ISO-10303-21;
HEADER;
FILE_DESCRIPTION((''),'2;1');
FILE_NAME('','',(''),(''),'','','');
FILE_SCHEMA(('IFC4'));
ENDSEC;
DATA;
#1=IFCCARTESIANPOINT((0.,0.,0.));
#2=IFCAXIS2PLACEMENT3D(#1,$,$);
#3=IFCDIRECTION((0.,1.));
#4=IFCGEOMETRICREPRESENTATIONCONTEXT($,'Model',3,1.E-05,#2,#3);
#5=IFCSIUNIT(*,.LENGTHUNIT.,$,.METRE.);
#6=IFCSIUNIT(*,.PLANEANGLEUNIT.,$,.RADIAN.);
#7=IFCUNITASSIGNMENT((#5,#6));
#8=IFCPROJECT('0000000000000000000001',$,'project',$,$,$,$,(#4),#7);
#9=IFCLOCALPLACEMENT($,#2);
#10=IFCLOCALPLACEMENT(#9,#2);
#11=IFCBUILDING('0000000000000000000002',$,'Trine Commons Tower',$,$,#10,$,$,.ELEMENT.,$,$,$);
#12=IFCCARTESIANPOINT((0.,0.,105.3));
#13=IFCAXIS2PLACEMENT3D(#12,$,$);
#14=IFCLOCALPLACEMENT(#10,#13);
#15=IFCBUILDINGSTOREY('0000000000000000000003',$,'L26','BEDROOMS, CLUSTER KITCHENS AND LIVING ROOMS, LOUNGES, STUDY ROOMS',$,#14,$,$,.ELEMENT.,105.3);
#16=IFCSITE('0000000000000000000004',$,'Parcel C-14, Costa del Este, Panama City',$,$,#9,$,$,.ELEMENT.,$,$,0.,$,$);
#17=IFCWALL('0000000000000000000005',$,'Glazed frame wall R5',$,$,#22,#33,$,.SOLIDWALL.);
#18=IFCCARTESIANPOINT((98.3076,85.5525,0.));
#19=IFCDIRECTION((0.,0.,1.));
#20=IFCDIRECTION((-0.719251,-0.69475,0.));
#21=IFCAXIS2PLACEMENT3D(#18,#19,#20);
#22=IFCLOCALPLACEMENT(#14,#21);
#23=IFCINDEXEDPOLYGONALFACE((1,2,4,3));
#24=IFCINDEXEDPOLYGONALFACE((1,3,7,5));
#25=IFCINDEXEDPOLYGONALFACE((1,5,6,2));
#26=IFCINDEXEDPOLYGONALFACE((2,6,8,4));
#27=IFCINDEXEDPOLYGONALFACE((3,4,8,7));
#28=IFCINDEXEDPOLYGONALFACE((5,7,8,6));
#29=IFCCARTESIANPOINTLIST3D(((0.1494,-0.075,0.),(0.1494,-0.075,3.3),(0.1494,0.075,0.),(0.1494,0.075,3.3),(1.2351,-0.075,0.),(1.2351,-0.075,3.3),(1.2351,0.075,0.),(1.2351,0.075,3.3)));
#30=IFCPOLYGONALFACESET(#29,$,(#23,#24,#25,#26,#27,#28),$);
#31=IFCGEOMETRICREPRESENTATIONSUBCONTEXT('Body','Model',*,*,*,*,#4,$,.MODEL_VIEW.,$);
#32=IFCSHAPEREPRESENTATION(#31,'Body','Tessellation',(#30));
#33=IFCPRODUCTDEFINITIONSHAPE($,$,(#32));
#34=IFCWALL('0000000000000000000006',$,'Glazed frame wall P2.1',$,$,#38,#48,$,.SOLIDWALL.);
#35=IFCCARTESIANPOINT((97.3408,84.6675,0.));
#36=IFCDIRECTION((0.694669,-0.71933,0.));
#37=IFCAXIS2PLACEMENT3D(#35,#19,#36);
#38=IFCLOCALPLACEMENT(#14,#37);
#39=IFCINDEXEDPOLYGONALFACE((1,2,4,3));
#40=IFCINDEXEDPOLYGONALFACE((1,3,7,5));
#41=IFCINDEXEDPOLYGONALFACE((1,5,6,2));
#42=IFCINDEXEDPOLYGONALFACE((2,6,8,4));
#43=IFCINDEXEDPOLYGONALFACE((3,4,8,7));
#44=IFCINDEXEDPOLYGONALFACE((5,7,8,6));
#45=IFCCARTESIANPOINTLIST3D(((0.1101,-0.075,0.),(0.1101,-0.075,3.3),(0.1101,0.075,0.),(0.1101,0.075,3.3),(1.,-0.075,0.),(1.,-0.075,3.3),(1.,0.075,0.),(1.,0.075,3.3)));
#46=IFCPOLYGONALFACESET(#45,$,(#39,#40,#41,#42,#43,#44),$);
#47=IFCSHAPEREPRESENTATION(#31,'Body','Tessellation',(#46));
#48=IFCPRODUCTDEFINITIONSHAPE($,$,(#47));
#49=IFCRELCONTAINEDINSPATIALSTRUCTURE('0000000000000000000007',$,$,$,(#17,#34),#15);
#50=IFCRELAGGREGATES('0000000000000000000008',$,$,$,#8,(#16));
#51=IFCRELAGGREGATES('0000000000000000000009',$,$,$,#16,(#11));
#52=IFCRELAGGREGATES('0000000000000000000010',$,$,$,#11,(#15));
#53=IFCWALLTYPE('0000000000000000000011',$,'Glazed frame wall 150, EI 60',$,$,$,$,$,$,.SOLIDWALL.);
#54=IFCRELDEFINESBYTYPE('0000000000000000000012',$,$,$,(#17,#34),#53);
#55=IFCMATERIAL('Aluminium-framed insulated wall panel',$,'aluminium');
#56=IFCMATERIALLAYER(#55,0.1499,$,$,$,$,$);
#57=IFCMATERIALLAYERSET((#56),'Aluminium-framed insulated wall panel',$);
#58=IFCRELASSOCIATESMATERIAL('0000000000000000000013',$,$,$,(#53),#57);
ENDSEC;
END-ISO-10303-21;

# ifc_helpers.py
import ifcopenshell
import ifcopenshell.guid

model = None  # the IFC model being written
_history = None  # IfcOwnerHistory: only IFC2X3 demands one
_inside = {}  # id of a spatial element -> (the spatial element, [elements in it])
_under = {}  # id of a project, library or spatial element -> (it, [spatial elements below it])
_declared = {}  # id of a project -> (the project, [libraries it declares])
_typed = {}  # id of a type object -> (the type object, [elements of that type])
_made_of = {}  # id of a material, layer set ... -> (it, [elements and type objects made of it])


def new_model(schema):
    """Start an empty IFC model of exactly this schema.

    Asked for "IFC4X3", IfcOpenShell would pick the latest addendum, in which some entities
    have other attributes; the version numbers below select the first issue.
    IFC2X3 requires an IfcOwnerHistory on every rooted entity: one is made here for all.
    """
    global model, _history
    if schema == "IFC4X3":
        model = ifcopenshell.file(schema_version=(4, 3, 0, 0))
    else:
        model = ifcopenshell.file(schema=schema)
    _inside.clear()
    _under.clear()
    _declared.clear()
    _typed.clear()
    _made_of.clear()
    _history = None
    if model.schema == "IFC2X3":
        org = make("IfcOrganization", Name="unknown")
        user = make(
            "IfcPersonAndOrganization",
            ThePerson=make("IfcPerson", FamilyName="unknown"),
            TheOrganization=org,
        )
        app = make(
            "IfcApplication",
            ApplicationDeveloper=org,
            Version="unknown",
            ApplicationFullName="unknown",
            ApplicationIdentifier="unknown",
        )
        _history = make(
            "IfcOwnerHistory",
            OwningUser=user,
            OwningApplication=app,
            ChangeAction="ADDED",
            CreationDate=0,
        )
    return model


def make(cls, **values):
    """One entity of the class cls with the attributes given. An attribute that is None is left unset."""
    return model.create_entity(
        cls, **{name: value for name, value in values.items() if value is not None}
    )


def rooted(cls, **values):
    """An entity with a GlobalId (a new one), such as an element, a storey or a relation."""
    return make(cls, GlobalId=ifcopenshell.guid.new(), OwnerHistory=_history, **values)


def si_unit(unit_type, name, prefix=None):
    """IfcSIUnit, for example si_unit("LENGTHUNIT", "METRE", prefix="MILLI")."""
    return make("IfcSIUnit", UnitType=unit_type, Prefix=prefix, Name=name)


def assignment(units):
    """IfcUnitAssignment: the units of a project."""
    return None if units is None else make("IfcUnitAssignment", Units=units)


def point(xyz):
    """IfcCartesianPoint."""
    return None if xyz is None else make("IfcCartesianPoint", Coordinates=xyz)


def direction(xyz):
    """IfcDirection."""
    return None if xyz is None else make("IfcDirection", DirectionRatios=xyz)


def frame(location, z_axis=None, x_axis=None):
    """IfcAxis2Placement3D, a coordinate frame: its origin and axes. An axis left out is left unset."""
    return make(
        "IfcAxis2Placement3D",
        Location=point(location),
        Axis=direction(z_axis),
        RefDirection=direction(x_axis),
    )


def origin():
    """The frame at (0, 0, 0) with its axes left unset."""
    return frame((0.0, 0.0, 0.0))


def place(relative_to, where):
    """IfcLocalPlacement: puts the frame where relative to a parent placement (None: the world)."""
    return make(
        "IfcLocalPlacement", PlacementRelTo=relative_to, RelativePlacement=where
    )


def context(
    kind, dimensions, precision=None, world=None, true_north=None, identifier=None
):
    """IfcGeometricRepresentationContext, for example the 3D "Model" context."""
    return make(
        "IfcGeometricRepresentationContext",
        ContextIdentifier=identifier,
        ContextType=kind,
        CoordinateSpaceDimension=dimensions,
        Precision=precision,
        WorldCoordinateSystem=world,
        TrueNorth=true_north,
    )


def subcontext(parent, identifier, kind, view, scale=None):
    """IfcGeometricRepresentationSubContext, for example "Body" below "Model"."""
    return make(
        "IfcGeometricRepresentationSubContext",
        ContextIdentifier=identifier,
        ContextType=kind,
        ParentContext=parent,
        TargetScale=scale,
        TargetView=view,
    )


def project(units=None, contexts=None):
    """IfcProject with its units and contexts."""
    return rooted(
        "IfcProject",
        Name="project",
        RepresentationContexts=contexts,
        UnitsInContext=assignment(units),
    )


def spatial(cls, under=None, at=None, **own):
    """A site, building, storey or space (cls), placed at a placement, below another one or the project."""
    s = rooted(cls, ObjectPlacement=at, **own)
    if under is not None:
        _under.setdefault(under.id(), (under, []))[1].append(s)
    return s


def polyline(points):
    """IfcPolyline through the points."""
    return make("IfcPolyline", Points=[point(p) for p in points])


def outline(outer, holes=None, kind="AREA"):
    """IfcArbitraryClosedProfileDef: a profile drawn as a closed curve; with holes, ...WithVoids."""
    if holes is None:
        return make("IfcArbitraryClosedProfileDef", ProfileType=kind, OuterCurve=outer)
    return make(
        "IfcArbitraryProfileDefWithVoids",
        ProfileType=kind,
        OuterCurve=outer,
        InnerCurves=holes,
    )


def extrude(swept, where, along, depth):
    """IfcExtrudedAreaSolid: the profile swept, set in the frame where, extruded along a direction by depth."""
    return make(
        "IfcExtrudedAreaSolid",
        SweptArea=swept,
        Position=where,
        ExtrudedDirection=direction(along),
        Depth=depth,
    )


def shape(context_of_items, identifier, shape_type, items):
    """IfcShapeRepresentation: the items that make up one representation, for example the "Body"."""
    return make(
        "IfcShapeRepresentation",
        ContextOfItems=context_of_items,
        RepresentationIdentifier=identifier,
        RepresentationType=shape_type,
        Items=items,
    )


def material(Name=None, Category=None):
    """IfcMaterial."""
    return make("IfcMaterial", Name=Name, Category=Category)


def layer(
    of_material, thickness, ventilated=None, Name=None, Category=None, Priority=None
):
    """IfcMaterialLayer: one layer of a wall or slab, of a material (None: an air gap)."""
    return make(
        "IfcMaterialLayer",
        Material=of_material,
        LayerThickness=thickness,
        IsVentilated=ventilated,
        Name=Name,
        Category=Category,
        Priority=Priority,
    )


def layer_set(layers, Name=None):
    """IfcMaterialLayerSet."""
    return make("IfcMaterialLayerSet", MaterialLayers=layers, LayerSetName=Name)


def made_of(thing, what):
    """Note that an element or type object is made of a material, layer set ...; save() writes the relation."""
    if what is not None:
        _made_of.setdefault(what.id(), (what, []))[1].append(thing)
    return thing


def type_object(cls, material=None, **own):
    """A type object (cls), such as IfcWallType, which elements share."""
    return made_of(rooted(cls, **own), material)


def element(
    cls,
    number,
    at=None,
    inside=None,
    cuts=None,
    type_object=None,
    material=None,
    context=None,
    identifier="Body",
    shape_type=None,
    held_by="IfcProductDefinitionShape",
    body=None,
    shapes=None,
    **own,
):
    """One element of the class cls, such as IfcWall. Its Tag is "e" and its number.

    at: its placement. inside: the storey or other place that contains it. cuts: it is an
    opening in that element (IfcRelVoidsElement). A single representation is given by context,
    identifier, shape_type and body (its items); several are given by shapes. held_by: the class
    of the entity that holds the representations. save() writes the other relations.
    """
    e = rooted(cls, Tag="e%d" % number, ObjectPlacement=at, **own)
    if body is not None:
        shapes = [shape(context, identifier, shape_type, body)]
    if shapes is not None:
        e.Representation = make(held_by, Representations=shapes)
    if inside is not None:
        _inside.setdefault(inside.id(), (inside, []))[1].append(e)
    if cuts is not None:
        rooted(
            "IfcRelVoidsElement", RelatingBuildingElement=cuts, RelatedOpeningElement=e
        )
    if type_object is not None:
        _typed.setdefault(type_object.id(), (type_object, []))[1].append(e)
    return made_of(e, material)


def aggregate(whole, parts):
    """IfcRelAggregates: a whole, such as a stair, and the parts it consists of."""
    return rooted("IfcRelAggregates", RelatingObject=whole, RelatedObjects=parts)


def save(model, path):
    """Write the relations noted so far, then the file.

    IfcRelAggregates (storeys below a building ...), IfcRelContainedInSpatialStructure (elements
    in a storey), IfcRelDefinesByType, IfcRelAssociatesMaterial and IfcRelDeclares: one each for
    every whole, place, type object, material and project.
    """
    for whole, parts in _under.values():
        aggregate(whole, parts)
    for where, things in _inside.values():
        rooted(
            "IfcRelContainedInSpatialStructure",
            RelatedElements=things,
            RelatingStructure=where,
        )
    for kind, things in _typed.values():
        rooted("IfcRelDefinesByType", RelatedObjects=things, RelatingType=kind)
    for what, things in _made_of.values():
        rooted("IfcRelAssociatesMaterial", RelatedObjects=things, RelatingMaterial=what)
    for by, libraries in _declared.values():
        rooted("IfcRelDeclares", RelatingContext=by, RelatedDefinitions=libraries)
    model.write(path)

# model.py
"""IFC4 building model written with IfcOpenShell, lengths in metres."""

from ifc_helpers import new_model, si_unit, direction, frame, origin, place, context, subcontext, project, spatial, polyline, outline, extrude, material, layer, layer_set, type_object, element, save


model = new_model("IFC4")

# Units and contexts
model_context = context("Model", 3, precision=1e-05, world=origin(), true_north=direction((0.0, 1.0)))
body_context = subcontext(model_context, "Body", "Model", "MODEL_VIEW")
ifc_project = project(units=[si_unit("LENGTHUNIT", "METRE"), si_unit("PLANEANGLEUNIT", "RADIAN")], contexts=[model_context])

# Site, building, storey
site_placement = place(None, origin())
site = spatial("IfcSite", under=ifc_project, at=site_placement, Name="Parcel C-14, Costa del Este, Panama City", CompositionType="ELEMENT", RefElevation=0.0)
building_placement = place(site_placement, origin())
building = spatial("IfcBuilding", under=site, at=building_placement, Name="Trine Commons Tower", CompositionType="ELEMENT")
storey_placement = place(building_placement, frame((0.0, 0.0, 105.3)))
storey = spatial("IfcBuildingStorey", under=building, at=storey_placement, Name="L26", Description="BEDROOMS, CLUSTER KITCHENS AND LIVING ROOMS, LOUNGES, STUDY ROOMS", CompositionType="ELEMENT", Elevation=105.3)

# Walls
ifc_material_1 = material(Name="Aluminium-framed insulated wall panel", Category="aluminium")
ifc_layer_1 = layer(ifc_material_1, 0.1499)
ifc_layer_set_1 = layer_set([ifc_layer_1], Name="Aluminium-framed insulated wall panel")
wall_type_1 = type_object("IfcWallType", Name="Glazed frame wall 150, EI 60", PredefinedType="SOLIDWALL", material=ifc_layer_set_1)
wall_1_placement = place(storey_placement, frame((98.3076, 85.5525, 0.0), z_axis=(0.0, 0.0, 1.0), x_axis=(-0.719251, -0.69475, 0.0)))
element("IfcWall", 1, at=wall_1_placement, inside=storey, type_object=wall_type_1, Name="Glazed frame wall R5", PredefinedType="SOLIDWALL", context=body_context, shape_type="SweptSolid", body=[
    extrude(outline(polyline([(0.1494, 0.075), (0.1494, -0.075), (1.2351, -0.075), (1.2351, 0.075), (0.1494, 0.075)])), origin(), (0.0, 0.0, 1.0), 3.3),
])
wall_2_placement = place(storey_placement, frame((97.3408, 84.6675, 0.0), z_axis=(0.0, 0.0, 1.0), x_axis=(0.694669, -0.71933, 0.0)))
element("IfcWall", 2, at=wall_2_placement, inside=storey, type_object=wall_type_1, Name="Glazed frame wall P2.1", PredefinedType="SOLIDWALL", context=body_context, shape_type="SweptSolid", body=[
    extrude(outline(polyline([(0.1101, -0.075), (1.0, -0.075), (1.0, 0.075), (0.1101, 0.075), (0.1101, -0.075)])), origin(), (0.0, 0.0, 1.0), 3.3),
])

save(model, "model.ifc")
